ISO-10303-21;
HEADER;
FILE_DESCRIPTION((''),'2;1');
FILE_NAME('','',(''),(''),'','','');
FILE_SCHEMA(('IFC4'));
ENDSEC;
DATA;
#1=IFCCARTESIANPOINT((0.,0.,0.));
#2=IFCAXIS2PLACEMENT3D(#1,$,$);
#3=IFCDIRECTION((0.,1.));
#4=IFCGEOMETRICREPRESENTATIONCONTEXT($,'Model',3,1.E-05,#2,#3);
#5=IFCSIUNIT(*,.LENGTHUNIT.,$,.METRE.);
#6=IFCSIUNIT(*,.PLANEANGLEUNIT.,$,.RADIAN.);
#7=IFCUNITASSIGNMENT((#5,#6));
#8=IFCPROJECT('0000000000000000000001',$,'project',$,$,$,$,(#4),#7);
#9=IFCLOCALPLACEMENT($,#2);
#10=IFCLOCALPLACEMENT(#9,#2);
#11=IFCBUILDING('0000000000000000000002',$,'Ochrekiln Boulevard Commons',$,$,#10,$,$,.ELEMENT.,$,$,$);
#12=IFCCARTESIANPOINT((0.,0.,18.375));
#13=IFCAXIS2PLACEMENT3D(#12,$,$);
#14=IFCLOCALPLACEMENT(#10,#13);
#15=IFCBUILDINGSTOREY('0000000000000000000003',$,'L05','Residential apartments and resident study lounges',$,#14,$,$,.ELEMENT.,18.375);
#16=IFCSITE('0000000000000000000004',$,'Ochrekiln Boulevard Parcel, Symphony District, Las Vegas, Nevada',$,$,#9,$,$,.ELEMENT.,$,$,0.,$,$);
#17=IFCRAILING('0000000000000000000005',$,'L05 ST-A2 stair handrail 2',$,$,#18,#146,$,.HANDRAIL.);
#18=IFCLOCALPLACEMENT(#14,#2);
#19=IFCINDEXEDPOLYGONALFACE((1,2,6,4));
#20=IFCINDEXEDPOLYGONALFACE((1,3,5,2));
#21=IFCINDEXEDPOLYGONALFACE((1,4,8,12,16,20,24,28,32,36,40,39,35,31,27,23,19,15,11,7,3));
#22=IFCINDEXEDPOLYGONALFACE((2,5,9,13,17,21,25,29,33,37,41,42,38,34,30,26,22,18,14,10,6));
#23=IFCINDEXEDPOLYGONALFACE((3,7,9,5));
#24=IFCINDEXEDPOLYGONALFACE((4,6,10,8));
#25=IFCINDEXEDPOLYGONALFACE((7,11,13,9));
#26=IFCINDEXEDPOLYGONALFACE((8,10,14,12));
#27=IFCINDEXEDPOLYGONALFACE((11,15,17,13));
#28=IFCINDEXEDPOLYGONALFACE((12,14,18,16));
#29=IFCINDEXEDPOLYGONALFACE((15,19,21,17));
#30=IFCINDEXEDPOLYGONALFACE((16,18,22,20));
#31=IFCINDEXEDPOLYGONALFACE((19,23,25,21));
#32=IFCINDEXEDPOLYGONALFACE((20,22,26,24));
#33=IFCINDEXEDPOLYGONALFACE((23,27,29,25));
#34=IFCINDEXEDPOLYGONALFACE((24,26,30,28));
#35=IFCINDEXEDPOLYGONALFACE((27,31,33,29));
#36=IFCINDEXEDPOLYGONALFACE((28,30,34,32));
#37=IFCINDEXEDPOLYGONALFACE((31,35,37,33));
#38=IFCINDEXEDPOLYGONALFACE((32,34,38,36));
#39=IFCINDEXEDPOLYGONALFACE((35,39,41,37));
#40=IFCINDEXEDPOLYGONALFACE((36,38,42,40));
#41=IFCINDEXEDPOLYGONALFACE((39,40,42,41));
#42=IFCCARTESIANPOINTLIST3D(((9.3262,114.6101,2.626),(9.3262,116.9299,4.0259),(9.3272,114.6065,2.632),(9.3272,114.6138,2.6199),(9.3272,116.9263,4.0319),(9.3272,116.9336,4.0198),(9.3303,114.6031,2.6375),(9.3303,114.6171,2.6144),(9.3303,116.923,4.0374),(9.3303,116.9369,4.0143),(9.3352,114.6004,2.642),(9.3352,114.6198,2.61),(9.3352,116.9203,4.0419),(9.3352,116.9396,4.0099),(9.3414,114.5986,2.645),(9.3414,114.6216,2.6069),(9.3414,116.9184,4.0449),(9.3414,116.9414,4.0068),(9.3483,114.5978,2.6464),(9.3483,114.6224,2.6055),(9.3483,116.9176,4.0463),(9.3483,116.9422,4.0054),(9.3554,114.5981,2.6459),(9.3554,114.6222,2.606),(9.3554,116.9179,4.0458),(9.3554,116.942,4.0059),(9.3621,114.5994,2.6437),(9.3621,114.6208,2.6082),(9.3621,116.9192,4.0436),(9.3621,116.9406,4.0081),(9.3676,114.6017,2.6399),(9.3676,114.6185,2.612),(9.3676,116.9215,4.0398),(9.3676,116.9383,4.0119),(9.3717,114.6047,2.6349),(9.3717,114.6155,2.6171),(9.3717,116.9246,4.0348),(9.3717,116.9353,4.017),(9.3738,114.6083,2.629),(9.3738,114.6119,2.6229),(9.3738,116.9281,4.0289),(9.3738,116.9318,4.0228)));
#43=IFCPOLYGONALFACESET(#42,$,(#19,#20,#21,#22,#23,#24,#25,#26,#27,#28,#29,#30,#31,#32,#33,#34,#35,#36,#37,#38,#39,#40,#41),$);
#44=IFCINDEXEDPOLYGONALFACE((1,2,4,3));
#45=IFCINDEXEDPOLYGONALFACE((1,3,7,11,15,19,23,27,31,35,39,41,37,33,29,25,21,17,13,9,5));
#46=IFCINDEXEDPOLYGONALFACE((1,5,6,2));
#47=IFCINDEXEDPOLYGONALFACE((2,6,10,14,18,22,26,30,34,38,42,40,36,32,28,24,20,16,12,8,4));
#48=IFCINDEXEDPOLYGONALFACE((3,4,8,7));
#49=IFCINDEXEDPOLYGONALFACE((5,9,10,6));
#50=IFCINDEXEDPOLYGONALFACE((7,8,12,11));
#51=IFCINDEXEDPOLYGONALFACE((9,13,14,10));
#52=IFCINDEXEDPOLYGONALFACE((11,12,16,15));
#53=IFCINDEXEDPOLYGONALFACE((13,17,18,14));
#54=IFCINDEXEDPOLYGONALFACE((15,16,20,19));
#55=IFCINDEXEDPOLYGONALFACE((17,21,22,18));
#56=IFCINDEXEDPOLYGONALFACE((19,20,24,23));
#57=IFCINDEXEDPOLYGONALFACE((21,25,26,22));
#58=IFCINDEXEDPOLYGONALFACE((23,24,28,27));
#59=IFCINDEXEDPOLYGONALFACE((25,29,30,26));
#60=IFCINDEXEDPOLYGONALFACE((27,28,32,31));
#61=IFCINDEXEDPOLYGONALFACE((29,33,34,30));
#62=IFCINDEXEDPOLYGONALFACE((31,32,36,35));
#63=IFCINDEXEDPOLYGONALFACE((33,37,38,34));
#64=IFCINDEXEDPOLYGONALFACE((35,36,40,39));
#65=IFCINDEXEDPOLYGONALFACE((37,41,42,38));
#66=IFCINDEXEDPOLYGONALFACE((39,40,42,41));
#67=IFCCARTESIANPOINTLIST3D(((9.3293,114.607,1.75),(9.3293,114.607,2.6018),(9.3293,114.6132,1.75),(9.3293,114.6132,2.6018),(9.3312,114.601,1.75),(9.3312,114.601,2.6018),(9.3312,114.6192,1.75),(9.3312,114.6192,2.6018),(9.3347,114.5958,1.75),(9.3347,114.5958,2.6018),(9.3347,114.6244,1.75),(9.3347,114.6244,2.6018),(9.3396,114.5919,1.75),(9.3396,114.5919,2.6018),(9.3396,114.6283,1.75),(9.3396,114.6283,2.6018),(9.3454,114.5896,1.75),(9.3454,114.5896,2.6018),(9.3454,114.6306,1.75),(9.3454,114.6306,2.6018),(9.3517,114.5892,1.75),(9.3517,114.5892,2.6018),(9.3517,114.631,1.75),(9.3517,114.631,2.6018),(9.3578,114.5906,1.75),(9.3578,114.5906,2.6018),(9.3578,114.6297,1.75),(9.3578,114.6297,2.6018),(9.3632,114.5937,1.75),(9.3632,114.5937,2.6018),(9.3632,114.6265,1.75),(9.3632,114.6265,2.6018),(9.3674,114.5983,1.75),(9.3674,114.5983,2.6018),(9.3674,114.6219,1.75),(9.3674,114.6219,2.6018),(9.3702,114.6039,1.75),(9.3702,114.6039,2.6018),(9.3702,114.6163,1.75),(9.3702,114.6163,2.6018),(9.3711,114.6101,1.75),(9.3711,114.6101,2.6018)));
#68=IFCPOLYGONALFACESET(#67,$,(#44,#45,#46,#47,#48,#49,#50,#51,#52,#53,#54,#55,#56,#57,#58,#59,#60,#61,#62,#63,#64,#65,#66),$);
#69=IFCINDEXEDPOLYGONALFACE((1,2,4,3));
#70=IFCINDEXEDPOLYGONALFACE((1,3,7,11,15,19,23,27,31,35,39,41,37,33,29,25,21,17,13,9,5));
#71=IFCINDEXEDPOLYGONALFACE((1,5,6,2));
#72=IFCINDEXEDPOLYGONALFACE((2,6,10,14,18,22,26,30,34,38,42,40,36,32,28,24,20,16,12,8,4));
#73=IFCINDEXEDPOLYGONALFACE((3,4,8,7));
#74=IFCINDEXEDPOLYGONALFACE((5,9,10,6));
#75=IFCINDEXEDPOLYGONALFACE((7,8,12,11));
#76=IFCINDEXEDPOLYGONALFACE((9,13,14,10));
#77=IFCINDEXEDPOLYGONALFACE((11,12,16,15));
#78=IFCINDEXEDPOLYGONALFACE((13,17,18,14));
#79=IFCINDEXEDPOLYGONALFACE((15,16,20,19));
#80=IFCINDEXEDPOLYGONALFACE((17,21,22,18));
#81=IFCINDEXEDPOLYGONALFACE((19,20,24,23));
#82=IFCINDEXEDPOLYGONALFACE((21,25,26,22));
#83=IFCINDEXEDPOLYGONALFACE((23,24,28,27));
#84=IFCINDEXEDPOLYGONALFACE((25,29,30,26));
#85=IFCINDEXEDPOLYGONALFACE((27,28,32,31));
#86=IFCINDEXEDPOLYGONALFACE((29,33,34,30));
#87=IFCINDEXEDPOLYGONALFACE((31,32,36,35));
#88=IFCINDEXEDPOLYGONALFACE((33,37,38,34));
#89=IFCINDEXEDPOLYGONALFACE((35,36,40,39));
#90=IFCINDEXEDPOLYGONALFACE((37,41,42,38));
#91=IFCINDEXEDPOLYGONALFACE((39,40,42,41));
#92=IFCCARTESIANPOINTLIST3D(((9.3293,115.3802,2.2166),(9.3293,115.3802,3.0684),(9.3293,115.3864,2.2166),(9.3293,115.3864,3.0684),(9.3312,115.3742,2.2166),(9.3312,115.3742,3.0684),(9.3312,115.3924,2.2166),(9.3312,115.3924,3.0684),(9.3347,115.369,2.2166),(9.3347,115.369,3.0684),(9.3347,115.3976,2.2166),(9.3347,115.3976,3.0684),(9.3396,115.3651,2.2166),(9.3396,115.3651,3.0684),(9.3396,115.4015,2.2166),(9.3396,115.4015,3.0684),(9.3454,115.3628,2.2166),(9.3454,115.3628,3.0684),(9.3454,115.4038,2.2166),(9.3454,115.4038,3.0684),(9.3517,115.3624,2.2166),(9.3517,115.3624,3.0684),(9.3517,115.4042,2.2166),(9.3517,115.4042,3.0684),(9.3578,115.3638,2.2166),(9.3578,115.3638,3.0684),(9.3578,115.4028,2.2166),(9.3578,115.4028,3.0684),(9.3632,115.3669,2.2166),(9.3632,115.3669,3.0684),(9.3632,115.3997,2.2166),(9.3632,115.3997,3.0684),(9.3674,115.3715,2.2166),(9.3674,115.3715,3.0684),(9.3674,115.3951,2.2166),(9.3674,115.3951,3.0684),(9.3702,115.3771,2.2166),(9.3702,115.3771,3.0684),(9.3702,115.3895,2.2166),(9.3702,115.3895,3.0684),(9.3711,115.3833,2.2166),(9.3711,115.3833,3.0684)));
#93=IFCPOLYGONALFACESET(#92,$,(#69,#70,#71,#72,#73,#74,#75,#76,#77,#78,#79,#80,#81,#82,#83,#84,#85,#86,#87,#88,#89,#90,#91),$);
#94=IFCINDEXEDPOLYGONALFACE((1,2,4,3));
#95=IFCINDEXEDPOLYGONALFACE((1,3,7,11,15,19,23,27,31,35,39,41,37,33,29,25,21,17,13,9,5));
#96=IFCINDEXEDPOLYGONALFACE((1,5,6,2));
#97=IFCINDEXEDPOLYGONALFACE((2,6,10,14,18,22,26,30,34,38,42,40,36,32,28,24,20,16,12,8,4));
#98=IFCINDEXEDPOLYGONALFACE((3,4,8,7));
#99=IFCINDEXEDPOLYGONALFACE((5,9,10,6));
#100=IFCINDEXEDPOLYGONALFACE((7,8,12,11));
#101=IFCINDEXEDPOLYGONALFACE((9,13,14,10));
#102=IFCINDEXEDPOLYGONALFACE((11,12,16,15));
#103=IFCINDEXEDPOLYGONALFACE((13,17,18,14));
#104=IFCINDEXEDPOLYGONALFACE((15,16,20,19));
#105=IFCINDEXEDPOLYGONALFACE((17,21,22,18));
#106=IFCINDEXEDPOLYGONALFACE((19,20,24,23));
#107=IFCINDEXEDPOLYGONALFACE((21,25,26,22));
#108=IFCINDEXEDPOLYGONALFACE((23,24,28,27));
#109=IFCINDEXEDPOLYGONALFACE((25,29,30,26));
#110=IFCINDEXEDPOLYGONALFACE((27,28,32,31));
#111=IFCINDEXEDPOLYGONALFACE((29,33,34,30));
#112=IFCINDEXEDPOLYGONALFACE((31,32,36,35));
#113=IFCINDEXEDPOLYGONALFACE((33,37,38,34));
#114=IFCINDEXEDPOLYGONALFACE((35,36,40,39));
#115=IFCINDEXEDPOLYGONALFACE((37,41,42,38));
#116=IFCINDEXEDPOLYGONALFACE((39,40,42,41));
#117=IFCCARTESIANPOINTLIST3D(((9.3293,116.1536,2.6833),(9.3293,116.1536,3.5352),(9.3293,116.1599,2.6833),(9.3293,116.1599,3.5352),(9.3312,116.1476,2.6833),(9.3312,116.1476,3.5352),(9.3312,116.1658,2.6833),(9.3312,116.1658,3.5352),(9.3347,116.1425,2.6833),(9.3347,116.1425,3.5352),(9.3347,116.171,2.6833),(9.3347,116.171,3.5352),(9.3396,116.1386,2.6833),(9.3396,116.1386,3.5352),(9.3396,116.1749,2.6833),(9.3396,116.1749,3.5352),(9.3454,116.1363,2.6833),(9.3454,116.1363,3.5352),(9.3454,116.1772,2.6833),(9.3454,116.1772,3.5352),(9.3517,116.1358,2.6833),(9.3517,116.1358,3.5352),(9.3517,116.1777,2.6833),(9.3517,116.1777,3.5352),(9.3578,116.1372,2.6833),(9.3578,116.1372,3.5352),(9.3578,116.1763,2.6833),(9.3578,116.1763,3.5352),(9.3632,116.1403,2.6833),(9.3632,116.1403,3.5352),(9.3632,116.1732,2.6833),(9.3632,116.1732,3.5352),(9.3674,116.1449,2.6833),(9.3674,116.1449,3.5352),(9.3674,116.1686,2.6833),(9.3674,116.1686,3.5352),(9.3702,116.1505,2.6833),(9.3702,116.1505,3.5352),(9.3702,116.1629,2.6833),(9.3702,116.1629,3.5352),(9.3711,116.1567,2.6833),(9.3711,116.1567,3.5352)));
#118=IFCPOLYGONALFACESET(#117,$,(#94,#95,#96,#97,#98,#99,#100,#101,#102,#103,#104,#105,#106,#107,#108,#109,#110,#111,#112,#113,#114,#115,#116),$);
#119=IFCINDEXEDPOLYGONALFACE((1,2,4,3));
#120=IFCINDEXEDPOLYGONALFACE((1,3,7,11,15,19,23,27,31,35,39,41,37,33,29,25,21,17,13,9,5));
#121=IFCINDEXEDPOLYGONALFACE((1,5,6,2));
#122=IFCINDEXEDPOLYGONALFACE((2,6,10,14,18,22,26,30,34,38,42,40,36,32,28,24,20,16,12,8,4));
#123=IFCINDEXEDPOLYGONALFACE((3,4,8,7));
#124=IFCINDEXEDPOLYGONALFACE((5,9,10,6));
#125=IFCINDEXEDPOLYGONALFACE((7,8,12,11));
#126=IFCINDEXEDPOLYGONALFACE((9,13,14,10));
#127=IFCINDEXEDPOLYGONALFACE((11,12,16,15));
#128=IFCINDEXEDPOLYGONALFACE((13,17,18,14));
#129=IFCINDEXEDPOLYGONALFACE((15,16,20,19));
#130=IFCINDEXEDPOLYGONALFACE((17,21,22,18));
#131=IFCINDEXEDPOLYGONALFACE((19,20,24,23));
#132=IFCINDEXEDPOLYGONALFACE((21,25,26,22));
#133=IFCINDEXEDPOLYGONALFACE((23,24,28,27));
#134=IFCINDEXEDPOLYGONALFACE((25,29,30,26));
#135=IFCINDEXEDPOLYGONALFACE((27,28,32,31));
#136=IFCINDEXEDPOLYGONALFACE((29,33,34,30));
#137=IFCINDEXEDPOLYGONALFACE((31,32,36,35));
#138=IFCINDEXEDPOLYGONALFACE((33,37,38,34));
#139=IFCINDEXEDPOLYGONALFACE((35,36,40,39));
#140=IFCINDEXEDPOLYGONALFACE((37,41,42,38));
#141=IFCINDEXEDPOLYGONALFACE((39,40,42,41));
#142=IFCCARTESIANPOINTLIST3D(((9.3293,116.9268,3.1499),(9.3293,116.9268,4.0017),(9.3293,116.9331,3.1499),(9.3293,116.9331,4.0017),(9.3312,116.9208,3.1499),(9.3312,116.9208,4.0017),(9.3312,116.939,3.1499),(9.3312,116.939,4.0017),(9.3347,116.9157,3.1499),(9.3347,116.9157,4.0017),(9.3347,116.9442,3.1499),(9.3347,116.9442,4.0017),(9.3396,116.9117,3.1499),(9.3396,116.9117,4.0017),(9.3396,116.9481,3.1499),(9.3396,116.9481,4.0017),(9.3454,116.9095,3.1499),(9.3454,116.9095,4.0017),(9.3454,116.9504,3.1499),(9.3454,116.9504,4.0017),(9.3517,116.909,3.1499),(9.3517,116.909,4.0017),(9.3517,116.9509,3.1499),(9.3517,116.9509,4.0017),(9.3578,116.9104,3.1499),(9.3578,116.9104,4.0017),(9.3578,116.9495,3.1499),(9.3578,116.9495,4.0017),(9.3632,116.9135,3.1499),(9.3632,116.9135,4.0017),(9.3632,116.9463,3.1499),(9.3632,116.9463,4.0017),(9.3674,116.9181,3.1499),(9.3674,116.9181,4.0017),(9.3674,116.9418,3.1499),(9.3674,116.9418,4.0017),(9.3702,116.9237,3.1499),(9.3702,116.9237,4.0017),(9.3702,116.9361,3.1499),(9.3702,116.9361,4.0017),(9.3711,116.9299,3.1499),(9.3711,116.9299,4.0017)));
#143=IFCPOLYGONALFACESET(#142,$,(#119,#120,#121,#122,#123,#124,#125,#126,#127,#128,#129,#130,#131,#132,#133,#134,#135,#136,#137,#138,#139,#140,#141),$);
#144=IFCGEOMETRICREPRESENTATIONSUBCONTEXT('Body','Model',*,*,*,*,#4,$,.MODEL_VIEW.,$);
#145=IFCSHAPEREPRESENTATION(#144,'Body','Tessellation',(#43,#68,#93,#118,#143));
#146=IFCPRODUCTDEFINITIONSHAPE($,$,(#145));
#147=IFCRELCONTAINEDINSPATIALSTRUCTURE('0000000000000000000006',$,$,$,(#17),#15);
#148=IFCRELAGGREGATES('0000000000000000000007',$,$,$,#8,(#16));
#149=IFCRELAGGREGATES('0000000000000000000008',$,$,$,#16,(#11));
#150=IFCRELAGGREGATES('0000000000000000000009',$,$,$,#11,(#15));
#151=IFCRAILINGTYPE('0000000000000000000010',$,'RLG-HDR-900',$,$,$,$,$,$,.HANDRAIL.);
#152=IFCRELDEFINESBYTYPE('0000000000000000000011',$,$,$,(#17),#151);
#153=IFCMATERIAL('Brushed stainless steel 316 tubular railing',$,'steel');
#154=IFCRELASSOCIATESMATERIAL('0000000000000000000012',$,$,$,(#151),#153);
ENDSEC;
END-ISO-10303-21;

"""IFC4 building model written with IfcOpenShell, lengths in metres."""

from ifc_helpers import new_model, si_unit, direction, frame, origin, origin_2d, place, context, subcontext, project, spatial, circle, extrude, material, type_object, element, save


model = new_model("IFC4")

# Units and contexts
model_context = context("Model", 3, precision=1e-05, world=origin(), true_north=direction((0.0, 1.0)))
body_context = subcontext(model_context, "Body", "Model", "MODEL_VIEW")
ifc_project = project(units=[si_unit("LENGTHUNIT", "METRE"), si_unit("PLANEANGLEUNIT", "RADIAN")], contexts=[model_context])

# Site, building, storey
site_placement = place(None, origin())
site = spatial("IfcSite", under=ifc_project, at=site_placement, Name="Ochrekiln Boulevard Parcel, Symphony District, Las Vegas, Nevada", CompositionType="ELEMENT", RefElevation=0.0)
building_placement = place(site_placement, origin())
building = spatial("IfcBuilding", under=site, at=building_placement, Name="Ochrekiln Boulevard Commons", CompositionType="ELEMENT")
storey_placement = place(building_placement, frame((0.0, 0.0, 18.375)))
storey = spatial("IfcBuildingStorey", under=building, at=storey_placement, Name="L05", Description="Residential apartments and resident study lounges", CompositionType="ELEMENT", Elevation=18.375)

# Railing
ifc_material_1 = material(Name="Brushed stainless steel 316 tubular railing", Category="steel")
railing_type_1 = type_object("IfcRailingType", Name="RLG-HDR-900", PredefinedType="HANDRAIL", material=ifc_material_1)
railing_1_placement = place(storey_placement, frame((9.3501, 114.6101, 1.75)))
element("IfcRailing", 1, at=railing_1_placement, inside=storey, type_object=railing_type_1, Name="L05 ST-A2 stair handrail 2", PredefinedType="HANDRAIL", context=body_context, shape_type="SweptSolid", body=[
    extrude(circle(Radius=0.0239, at=origin_2d()), frame((0.0, 0.0, 0.876), z_axis=(0.0, 0.856186, 0.516667), x_axis=(-1.0, 0.0, 0.0)), (0.0, 0.0, 1.0), 2.7095),
    extrude(circle(Radius=0.021, at=origin_2d()), origin(), (0.0, 0.0, 1.0), 0.8518),
    extrude(circle(Radius=0.021, at=origin_2d()), frame((0.0, 0.7732, 0.4666)), (0.0, 0.0, 1.0), 0.8518),
    extrude(circle(Radius=0.021, at=origin_2d()), frame((0.0, 1.5466, 0.9333)), (0.0, 0.0, 1.0), 0.8518),
    extrude(circle(Radius=0.021, at=origin_2d()), frame((0.0, 2.3198, 1.3999)), (0.0, 0.0, 1.0), 0.8518),
])

save(model, "model.ifc")
